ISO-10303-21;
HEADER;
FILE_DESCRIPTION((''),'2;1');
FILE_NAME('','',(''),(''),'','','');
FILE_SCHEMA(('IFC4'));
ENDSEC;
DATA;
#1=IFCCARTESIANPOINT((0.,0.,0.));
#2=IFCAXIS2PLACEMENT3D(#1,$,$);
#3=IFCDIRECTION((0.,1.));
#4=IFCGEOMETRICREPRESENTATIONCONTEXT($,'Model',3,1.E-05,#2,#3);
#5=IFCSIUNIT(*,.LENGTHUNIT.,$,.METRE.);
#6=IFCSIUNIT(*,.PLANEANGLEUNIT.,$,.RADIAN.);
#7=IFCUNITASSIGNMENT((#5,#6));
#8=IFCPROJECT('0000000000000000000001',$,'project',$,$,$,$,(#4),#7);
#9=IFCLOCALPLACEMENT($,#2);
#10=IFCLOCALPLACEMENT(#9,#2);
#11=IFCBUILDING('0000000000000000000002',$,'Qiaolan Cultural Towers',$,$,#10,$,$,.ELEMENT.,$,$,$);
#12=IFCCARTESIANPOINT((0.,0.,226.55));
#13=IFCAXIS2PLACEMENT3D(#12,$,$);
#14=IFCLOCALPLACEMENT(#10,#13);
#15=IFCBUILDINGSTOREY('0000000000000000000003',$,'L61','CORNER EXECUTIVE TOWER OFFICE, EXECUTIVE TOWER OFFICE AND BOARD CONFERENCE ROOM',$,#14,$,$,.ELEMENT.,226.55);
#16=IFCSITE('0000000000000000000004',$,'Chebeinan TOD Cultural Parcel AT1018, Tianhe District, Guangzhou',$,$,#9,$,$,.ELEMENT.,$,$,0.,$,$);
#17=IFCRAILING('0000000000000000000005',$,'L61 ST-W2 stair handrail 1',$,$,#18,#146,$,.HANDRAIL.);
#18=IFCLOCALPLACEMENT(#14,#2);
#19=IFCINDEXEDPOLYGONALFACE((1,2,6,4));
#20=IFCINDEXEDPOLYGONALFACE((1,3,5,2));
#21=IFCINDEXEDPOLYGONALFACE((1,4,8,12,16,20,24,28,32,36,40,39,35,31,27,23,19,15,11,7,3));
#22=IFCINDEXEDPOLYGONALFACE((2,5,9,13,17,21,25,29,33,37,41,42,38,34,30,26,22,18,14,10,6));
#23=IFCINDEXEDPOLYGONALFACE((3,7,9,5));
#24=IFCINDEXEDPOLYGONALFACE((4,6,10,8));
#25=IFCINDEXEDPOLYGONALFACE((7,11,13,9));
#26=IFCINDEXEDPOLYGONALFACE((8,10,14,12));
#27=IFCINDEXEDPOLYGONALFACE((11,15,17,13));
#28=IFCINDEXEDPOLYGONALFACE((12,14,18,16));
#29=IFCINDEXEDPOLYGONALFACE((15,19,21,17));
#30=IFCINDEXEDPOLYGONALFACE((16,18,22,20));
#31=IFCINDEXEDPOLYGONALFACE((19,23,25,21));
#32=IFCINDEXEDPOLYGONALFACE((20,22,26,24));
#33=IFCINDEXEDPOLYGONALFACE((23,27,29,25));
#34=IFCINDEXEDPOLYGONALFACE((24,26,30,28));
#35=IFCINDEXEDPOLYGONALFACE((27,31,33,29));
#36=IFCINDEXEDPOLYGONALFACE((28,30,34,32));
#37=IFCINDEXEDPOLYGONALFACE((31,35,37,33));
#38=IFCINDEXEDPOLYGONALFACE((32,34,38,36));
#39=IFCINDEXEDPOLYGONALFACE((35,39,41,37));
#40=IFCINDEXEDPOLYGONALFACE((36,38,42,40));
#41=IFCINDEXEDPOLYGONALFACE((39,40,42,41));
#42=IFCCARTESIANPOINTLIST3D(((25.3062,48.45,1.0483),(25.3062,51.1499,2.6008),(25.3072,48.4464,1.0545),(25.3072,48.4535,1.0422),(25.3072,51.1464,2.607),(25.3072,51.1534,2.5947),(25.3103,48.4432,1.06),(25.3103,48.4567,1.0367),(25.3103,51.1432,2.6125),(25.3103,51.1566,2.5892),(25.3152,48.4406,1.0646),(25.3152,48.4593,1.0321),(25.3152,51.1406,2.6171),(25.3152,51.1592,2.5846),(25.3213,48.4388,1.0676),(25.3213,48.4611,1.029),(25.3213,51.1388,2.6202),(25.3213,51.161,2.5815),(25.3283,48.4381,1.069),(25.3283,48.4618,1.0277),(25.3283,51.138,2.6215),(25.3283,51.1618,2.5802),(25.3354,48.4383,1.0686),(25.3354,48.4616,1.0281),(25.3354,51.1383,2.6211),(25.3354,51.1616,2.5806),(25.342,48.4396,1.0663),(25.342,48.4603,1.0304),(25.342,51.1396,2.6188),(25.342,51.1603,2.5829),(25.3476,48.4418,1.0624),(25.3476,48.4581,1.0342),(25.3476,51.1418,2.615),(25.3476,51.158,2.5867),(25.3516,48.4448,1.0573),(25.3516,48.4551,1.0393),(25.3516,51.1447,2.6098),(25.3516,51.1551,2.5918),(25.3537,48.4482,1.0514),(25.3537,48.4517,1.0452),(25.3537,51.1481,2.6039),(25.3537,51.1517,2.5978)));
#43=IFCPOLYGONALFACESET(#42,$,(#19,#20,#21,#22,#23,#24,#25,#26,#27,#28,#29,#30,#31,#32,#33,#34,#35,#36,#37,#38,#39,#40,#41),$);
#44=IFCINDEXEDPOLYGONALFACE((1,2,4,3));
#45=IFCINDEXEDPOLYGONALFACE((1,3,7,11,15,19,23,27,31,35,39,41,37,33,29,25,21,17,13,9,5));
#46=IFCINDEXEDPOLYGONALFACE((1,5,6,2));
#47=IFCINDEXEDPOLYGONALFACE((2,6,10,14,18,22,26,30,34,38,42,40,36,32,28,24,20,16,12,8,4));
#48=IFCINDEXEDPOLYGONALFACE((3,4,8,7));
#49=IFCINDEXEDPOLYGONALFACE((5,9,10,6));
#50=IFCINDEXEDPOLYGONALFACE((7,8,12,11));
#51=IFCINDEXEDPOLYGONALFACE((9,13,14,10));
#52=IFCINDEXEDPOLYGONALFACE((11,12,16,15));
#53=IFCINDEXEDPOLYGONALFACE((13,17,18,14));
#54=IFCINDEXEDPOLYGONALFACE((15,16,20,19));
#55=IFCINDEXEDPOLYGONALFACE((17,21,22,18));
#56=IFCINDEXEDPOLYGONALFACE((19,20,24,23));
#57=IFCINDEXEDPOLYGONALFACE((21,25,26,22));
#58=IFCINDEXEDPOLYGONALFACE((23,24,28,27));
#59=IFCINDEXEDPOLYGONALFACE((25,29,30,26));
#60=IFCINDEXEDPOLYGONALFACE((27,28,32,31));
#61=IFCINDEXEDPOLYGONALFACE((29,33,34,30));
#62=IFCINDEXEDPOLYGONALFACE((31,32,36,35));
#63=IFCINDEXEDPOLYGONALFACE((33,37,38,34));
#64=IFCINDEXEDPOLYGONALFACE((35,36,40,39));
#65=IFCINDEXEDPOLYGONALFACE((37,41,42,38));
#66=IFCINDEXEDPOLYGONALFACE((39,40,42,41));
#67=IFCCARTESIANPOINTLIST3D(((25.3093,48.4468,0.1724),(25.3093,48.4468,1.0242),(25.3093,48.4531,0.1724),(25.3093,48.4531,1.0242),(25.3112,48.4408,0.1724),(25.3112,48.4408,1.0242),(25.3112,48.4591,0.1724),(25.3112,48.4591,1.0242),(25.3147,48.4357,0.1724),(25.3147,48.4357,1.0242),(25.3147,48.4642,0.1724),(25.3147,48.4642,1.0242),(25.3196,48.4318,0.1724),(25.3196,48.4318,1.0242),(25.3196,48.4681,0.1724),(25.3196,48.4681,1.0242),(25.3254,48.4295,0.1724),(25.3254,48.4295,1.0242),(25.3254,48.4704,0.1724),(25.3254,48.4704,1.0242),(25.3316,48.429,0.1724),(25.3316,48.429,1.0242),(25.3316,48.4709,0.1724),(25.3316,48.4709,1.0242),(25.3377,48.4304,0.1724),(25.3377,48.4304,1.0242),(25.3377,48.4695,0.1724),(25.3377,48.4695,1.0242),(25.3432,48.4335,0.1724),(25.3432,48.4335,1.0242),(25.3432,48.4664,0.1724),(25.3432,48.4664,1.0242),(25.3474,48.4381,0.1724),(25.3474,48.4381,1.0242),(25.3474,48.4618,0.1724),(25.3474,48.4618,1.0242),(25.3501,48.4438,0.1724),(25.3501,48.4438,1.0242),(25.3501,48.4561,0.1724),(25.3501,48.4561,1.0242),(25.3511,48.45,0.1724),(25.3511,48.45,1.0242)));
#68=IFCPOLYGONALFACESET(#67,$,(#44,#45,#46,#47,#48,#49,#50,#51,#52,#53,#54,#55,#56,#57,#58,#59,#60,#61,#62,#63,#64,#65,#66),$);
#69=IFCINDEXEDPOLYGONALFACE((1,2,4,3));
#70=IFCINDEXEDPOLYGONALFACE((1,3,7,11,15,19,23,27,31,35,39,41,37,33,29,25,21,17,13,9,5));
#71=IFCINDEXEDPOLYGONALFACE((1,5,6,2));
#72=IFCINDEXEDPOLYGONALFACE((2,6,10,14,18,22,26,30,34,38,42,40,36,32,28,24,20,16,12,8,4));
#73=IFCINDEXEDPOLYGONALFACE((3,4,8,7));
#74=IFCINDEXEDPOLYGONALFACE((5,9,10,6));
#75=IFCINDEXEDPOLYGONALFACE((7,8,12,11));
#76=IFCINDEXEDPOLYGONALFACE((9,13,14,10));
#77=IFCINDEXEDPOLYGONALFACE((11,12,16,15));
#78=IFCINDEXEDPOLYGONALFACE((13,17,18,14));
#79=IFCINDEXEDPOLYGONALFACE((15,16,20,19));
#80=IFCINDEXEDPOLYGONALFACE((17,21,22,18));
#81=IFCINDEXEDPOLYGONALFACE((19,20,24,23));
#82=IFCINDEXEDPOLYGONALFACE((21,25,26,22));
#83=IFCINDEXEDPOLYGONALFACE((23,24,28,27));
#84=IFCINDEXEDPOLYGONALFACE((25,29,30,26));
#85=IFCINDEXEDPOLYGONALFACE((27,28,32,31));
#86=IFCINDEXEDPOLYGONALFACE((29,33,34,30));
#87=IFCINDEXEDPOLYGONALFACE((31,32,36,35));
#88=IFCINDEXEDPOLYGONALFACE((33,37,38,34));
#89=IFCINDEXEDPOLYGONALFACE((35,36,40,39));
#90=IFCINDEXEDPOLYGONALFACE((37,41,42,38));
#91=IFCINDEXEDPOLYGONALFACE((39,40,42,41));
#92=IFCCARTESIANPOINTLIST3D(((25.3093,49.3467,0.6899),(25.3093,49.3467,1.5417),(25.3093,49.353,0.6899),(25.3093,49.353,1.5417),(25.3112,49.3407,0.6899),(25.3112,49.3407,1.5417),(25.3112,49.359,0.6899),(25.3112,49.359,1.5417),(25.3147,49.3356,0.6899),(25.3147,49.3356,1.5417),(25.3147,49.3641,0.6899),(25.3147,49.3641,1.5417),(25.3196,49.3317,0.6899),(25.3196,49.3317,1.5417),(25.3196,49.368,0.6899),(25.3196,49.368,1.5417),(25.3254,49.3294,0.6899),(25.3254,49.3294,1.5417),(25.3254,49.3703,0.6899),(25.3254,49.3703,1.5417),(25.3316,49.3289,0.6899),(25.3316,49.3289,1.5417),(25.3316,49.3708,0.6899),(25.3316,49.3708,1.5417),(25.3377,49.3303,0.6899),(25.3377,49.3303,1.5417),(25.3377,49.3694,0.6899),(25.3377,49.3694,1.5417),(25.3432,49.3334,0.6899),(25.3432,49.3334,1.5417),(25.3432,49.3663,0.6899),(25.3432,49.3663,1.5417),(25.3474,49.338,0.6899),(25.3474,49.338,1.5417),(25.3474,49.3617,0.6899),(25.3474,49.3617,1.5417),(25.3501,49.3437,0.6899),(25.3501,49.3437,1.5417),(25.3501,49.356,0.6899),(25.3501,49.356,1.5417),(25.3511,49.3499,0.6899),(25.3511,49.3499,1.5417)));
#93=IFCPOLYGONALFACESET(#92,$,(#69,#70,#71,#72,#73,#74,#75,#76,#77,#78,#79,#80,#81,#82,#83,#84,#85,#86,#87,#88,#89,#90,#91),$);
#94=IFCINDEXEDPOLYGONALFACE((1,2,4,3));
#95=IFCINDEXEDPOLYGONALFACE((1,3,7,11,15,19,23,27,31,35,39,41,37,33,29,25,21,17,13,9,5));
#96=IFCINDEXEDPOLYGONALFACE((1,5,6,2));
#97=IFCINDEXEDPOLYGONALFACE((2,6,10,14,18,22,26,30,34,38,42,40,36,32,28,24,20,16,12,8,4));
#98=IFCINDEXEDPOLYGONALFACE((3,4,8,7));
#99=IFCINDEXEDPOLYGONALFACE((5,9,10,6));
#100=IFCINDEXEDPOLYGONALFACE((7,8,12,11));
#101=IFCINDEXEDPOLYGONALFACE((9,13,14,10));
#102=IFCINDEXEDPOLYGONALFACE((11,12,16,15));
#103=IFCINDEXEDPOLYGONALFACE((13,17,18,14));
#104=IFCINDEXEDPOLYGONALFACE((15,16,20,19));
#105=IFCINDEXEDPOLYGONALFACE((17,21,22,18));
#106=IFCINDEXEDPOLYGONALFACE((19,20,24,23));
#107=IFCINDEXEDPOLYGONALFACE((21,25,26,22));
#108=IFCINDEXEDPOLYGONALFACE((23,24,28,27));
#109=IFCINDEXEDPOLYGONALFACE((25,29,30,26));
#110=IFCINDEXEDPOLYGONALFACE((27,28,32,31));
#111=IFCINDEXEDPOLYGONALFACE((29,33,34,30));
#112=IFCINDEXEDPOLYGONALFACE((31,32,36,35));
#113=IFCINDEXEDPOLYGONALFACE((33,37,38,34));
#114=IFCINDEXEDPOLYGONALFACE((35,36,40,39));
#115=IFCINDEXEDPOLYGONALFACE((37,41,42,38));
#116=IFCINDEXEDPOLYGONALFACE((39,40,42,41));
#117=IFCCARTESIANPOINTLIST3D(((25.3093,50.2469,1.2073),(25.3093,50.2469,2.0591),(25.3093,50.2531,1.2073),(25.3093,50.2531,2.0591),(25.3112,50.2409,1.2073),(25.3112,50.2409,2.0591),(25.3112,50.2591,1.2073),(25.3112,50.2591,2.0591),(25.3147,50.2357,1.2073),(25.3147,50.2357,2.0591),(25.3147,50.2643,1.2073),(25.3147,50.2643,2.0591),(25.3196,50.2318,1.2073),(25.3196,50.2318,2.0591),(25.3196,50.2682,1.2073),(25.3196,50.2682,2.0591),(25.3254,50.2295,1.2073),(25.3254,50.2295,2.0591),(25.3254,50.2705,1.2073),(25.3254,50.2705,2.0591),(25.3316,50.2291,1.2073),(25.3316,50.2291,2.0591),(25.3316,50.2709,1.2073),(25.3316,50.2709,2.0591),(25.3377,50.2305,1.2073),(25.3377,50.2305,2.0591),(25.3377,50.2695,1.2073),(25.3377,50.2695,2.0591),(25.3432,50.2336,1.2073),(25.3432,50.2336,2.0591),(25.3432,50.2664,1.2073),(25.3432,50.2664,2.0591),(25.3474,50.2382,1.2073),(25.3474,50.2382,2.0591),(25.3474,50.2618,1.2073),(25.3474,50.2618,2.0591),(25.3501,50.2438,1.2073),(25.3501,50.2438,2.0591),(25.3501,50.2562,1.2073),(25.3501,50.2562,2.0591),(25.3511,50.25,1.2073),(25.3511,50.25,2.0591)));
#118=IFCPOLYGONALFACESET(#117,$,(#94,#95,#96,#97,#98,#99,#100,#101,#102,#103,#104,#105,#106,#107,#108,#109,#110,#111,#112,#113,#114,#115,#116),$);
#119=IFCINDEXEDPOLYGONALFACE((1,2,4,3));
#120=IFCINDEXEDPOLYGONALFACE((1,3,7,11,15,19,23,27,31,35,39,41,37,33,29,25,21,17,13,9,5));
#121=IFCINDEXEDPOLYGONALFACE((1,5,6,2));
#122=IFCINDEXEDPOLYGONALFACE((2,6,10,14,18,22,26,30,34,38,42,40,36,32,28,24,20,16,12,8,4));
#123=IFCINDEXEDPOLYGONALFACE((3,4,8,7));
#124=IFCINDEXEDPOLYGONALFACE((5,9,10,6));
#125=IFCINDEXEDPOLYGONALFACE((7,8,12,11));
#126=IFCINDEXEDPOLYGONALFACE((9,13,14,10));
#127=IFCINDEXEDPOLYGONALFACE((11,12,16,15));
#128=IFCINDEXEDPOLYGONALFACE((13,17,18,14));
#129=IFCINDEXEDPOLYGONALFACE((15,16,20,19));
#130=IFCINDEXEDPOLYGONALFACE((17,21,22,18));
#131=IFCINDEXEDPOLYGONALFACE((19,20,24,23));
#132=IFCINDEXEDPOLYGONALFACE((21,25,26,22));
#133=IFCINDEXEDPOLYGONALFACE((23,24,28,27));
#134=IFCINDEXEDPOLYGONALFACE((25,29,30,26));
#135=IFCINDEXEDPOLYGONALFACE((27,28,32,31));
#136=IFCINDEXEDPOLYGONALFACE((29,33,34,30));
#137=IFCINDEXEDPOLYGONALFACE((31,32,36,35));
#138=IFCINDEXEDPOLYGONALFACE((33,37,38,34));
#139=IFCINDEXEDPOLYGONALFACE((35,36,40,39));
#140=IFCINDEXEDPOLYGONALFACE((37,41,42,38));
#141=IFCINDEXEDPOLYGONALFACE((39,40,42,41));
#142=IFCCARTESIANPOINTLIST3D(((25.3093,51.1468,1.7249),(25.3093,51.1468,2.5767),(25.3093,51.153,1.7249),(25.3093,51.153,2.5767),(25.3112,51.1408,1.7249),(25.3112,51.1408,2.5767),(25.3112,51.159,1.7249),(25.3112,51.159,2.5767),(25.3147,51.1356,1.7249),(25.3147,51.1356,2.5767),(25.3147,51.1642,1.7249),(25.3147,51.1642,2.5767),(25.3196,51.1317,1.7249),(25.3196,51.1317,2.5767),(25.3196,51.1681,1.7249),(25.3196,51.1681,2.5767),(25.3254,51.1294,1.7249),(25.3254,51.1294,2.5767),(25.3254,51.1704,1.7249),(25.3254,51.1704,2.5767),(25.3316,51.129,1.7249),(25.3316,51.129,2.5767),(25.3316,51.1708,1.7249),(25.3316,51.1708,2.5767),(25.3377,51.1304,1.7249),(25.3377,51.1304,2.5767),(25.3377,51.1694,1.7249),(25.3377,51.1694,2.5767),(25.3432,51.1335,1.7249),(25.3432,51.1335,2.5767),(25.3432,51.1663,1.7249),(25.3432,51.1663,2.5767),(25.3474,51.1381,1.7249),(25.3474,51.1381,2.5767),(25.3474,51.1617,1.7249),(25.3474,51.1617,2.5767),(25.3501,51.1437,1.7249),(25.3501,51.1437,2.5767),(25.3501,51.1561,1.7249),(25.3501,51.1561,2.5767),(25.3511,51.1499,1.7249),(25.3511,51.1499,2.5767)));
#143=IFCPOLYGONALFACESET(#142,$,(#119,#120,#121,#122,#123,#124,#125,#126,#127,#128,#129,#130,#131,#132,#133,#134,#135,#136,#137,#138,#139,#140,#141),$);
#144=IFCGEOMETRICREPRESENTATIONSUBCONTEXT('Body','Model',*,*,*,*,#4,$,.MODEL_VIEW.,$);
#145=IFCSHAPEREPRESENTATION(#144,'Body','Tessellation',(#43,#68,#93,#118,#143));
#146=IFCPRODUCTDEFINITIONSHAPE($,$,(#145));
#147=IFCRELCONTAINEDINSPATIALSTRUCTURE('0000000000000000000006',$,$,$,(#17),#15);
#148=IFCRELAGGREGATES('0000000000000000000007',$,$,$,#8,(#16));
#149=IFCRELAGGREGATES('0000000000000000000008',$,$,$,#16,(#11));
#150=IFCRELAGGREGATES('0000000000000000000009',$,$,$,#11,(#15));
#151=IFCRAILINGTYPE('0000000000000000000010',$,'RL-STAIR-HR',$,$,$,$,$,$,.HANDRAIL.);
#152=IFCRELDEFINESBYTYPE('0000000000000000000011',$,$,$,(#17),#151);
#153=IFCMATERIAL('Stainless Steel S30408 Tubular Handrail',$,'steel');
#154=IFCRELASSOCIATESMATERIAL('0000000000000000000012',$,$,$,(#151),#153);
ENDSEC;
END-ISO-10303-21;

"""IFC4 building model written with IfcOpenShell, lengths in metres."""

from ifc_helpers import new_model, si_unit, direction, frame, origin, origin_2d, place, context, subcontext, project, spatial, circle, extrude, material, type_object, element, save


model = new_model("IFC4")

# Units and contexts
model_context = context("Model", 3, precision=1e-05, world=origin(), true_north=direction((0.0, 1.0)))
body_context = subcontext(model_context, "Body", "Model", "MODEL_VIEW")
ifc_project = project(units=[si_unit("LENGTHUNIT", "METRE"), si_unit("PLANEANGLEUNIT", "RADIAN")], contexts=[model_context])

# Site, building, storey
site_placement = place(None, origin())
site = spatial("IfcSite", under=ifc_project, at=site_placement, Name="Chebeinan TOD Cultural Parcel AT1018, Tianhe District, Guangzhou", CompositionType="ELEMENT", RefElevation=0.0)
building_placement = place(site_placement, origin())
building = spatial("IfcBuilding", under=site, at=building_placement, Name="Qiaolan Cultural Towers", CompositionType="ELEMENT")
storey_placement = place(building_placement, frame((0.0, 0.0, 226.55)))
storey = spatial("IfcBuildingStorey", under=building, at=storey_placement, Name="L61", Description="CORNER EXECUTIVE TOWER OFFICE, EXECUTIVE TOWER OFFICE AND BOARD CONFERENCE ROOM", CompositionType="ELEMENT", Elevation=226.55)

# Railing
ifc_material_1 = material(Name="Stainless Steel S30408 Tubular Handrail", Category="steel")
railing_type_1 = type_object("IfcRailingType", Name="RL-STAIR-HR", PredefinedType="HANDRAIL", material=ifc_material_1)
railing_1_placement = place(storey_placement, frame((25.3301, 48.45, 0.1724)))
element("IfcRailing", 1, at=railing_1_placement, inside=storey, type_object=railing_type_1, Name="L61 ST-W2 stair handrail 1", PredefinedType="HANDRAIL", context=body_context, shape_type="SweptSolid", body=[
    extrude(circle(Radius=0.0239, at=origin_2d()), frame((0.0, 0.0, 0.876), z_axis=(0.0, 0.866904, 0.498476), x_axis=(-1.0, 0.0, 0.0)), (0.0, 0.0, 1.0), 3.1145),
    extrude(circle(Radius=0.021, at=origin_2d()), origin(), (0.0, 0.0, 1.0), 0.8518),
    extrude(circle(Radius=0.021, at=origin_2d()), frame((0.0, 0.8999, 0.5176)), (0.0, 0.0, 1.0), 0.8518),
    extrude(circle(Radius=0.021, at=origin_2d()), frame((0.0, 1.8, 1.0349)), (0.0, 0.0, 1.0), 0.8518),
    extrude(circle(Radius=0.021, at=origin_2d()), frame((0.0, 2.7, 1.5525)), (0.0, 0.0, 1.0), 0.8518),
])

save(model, "model.ifc")
